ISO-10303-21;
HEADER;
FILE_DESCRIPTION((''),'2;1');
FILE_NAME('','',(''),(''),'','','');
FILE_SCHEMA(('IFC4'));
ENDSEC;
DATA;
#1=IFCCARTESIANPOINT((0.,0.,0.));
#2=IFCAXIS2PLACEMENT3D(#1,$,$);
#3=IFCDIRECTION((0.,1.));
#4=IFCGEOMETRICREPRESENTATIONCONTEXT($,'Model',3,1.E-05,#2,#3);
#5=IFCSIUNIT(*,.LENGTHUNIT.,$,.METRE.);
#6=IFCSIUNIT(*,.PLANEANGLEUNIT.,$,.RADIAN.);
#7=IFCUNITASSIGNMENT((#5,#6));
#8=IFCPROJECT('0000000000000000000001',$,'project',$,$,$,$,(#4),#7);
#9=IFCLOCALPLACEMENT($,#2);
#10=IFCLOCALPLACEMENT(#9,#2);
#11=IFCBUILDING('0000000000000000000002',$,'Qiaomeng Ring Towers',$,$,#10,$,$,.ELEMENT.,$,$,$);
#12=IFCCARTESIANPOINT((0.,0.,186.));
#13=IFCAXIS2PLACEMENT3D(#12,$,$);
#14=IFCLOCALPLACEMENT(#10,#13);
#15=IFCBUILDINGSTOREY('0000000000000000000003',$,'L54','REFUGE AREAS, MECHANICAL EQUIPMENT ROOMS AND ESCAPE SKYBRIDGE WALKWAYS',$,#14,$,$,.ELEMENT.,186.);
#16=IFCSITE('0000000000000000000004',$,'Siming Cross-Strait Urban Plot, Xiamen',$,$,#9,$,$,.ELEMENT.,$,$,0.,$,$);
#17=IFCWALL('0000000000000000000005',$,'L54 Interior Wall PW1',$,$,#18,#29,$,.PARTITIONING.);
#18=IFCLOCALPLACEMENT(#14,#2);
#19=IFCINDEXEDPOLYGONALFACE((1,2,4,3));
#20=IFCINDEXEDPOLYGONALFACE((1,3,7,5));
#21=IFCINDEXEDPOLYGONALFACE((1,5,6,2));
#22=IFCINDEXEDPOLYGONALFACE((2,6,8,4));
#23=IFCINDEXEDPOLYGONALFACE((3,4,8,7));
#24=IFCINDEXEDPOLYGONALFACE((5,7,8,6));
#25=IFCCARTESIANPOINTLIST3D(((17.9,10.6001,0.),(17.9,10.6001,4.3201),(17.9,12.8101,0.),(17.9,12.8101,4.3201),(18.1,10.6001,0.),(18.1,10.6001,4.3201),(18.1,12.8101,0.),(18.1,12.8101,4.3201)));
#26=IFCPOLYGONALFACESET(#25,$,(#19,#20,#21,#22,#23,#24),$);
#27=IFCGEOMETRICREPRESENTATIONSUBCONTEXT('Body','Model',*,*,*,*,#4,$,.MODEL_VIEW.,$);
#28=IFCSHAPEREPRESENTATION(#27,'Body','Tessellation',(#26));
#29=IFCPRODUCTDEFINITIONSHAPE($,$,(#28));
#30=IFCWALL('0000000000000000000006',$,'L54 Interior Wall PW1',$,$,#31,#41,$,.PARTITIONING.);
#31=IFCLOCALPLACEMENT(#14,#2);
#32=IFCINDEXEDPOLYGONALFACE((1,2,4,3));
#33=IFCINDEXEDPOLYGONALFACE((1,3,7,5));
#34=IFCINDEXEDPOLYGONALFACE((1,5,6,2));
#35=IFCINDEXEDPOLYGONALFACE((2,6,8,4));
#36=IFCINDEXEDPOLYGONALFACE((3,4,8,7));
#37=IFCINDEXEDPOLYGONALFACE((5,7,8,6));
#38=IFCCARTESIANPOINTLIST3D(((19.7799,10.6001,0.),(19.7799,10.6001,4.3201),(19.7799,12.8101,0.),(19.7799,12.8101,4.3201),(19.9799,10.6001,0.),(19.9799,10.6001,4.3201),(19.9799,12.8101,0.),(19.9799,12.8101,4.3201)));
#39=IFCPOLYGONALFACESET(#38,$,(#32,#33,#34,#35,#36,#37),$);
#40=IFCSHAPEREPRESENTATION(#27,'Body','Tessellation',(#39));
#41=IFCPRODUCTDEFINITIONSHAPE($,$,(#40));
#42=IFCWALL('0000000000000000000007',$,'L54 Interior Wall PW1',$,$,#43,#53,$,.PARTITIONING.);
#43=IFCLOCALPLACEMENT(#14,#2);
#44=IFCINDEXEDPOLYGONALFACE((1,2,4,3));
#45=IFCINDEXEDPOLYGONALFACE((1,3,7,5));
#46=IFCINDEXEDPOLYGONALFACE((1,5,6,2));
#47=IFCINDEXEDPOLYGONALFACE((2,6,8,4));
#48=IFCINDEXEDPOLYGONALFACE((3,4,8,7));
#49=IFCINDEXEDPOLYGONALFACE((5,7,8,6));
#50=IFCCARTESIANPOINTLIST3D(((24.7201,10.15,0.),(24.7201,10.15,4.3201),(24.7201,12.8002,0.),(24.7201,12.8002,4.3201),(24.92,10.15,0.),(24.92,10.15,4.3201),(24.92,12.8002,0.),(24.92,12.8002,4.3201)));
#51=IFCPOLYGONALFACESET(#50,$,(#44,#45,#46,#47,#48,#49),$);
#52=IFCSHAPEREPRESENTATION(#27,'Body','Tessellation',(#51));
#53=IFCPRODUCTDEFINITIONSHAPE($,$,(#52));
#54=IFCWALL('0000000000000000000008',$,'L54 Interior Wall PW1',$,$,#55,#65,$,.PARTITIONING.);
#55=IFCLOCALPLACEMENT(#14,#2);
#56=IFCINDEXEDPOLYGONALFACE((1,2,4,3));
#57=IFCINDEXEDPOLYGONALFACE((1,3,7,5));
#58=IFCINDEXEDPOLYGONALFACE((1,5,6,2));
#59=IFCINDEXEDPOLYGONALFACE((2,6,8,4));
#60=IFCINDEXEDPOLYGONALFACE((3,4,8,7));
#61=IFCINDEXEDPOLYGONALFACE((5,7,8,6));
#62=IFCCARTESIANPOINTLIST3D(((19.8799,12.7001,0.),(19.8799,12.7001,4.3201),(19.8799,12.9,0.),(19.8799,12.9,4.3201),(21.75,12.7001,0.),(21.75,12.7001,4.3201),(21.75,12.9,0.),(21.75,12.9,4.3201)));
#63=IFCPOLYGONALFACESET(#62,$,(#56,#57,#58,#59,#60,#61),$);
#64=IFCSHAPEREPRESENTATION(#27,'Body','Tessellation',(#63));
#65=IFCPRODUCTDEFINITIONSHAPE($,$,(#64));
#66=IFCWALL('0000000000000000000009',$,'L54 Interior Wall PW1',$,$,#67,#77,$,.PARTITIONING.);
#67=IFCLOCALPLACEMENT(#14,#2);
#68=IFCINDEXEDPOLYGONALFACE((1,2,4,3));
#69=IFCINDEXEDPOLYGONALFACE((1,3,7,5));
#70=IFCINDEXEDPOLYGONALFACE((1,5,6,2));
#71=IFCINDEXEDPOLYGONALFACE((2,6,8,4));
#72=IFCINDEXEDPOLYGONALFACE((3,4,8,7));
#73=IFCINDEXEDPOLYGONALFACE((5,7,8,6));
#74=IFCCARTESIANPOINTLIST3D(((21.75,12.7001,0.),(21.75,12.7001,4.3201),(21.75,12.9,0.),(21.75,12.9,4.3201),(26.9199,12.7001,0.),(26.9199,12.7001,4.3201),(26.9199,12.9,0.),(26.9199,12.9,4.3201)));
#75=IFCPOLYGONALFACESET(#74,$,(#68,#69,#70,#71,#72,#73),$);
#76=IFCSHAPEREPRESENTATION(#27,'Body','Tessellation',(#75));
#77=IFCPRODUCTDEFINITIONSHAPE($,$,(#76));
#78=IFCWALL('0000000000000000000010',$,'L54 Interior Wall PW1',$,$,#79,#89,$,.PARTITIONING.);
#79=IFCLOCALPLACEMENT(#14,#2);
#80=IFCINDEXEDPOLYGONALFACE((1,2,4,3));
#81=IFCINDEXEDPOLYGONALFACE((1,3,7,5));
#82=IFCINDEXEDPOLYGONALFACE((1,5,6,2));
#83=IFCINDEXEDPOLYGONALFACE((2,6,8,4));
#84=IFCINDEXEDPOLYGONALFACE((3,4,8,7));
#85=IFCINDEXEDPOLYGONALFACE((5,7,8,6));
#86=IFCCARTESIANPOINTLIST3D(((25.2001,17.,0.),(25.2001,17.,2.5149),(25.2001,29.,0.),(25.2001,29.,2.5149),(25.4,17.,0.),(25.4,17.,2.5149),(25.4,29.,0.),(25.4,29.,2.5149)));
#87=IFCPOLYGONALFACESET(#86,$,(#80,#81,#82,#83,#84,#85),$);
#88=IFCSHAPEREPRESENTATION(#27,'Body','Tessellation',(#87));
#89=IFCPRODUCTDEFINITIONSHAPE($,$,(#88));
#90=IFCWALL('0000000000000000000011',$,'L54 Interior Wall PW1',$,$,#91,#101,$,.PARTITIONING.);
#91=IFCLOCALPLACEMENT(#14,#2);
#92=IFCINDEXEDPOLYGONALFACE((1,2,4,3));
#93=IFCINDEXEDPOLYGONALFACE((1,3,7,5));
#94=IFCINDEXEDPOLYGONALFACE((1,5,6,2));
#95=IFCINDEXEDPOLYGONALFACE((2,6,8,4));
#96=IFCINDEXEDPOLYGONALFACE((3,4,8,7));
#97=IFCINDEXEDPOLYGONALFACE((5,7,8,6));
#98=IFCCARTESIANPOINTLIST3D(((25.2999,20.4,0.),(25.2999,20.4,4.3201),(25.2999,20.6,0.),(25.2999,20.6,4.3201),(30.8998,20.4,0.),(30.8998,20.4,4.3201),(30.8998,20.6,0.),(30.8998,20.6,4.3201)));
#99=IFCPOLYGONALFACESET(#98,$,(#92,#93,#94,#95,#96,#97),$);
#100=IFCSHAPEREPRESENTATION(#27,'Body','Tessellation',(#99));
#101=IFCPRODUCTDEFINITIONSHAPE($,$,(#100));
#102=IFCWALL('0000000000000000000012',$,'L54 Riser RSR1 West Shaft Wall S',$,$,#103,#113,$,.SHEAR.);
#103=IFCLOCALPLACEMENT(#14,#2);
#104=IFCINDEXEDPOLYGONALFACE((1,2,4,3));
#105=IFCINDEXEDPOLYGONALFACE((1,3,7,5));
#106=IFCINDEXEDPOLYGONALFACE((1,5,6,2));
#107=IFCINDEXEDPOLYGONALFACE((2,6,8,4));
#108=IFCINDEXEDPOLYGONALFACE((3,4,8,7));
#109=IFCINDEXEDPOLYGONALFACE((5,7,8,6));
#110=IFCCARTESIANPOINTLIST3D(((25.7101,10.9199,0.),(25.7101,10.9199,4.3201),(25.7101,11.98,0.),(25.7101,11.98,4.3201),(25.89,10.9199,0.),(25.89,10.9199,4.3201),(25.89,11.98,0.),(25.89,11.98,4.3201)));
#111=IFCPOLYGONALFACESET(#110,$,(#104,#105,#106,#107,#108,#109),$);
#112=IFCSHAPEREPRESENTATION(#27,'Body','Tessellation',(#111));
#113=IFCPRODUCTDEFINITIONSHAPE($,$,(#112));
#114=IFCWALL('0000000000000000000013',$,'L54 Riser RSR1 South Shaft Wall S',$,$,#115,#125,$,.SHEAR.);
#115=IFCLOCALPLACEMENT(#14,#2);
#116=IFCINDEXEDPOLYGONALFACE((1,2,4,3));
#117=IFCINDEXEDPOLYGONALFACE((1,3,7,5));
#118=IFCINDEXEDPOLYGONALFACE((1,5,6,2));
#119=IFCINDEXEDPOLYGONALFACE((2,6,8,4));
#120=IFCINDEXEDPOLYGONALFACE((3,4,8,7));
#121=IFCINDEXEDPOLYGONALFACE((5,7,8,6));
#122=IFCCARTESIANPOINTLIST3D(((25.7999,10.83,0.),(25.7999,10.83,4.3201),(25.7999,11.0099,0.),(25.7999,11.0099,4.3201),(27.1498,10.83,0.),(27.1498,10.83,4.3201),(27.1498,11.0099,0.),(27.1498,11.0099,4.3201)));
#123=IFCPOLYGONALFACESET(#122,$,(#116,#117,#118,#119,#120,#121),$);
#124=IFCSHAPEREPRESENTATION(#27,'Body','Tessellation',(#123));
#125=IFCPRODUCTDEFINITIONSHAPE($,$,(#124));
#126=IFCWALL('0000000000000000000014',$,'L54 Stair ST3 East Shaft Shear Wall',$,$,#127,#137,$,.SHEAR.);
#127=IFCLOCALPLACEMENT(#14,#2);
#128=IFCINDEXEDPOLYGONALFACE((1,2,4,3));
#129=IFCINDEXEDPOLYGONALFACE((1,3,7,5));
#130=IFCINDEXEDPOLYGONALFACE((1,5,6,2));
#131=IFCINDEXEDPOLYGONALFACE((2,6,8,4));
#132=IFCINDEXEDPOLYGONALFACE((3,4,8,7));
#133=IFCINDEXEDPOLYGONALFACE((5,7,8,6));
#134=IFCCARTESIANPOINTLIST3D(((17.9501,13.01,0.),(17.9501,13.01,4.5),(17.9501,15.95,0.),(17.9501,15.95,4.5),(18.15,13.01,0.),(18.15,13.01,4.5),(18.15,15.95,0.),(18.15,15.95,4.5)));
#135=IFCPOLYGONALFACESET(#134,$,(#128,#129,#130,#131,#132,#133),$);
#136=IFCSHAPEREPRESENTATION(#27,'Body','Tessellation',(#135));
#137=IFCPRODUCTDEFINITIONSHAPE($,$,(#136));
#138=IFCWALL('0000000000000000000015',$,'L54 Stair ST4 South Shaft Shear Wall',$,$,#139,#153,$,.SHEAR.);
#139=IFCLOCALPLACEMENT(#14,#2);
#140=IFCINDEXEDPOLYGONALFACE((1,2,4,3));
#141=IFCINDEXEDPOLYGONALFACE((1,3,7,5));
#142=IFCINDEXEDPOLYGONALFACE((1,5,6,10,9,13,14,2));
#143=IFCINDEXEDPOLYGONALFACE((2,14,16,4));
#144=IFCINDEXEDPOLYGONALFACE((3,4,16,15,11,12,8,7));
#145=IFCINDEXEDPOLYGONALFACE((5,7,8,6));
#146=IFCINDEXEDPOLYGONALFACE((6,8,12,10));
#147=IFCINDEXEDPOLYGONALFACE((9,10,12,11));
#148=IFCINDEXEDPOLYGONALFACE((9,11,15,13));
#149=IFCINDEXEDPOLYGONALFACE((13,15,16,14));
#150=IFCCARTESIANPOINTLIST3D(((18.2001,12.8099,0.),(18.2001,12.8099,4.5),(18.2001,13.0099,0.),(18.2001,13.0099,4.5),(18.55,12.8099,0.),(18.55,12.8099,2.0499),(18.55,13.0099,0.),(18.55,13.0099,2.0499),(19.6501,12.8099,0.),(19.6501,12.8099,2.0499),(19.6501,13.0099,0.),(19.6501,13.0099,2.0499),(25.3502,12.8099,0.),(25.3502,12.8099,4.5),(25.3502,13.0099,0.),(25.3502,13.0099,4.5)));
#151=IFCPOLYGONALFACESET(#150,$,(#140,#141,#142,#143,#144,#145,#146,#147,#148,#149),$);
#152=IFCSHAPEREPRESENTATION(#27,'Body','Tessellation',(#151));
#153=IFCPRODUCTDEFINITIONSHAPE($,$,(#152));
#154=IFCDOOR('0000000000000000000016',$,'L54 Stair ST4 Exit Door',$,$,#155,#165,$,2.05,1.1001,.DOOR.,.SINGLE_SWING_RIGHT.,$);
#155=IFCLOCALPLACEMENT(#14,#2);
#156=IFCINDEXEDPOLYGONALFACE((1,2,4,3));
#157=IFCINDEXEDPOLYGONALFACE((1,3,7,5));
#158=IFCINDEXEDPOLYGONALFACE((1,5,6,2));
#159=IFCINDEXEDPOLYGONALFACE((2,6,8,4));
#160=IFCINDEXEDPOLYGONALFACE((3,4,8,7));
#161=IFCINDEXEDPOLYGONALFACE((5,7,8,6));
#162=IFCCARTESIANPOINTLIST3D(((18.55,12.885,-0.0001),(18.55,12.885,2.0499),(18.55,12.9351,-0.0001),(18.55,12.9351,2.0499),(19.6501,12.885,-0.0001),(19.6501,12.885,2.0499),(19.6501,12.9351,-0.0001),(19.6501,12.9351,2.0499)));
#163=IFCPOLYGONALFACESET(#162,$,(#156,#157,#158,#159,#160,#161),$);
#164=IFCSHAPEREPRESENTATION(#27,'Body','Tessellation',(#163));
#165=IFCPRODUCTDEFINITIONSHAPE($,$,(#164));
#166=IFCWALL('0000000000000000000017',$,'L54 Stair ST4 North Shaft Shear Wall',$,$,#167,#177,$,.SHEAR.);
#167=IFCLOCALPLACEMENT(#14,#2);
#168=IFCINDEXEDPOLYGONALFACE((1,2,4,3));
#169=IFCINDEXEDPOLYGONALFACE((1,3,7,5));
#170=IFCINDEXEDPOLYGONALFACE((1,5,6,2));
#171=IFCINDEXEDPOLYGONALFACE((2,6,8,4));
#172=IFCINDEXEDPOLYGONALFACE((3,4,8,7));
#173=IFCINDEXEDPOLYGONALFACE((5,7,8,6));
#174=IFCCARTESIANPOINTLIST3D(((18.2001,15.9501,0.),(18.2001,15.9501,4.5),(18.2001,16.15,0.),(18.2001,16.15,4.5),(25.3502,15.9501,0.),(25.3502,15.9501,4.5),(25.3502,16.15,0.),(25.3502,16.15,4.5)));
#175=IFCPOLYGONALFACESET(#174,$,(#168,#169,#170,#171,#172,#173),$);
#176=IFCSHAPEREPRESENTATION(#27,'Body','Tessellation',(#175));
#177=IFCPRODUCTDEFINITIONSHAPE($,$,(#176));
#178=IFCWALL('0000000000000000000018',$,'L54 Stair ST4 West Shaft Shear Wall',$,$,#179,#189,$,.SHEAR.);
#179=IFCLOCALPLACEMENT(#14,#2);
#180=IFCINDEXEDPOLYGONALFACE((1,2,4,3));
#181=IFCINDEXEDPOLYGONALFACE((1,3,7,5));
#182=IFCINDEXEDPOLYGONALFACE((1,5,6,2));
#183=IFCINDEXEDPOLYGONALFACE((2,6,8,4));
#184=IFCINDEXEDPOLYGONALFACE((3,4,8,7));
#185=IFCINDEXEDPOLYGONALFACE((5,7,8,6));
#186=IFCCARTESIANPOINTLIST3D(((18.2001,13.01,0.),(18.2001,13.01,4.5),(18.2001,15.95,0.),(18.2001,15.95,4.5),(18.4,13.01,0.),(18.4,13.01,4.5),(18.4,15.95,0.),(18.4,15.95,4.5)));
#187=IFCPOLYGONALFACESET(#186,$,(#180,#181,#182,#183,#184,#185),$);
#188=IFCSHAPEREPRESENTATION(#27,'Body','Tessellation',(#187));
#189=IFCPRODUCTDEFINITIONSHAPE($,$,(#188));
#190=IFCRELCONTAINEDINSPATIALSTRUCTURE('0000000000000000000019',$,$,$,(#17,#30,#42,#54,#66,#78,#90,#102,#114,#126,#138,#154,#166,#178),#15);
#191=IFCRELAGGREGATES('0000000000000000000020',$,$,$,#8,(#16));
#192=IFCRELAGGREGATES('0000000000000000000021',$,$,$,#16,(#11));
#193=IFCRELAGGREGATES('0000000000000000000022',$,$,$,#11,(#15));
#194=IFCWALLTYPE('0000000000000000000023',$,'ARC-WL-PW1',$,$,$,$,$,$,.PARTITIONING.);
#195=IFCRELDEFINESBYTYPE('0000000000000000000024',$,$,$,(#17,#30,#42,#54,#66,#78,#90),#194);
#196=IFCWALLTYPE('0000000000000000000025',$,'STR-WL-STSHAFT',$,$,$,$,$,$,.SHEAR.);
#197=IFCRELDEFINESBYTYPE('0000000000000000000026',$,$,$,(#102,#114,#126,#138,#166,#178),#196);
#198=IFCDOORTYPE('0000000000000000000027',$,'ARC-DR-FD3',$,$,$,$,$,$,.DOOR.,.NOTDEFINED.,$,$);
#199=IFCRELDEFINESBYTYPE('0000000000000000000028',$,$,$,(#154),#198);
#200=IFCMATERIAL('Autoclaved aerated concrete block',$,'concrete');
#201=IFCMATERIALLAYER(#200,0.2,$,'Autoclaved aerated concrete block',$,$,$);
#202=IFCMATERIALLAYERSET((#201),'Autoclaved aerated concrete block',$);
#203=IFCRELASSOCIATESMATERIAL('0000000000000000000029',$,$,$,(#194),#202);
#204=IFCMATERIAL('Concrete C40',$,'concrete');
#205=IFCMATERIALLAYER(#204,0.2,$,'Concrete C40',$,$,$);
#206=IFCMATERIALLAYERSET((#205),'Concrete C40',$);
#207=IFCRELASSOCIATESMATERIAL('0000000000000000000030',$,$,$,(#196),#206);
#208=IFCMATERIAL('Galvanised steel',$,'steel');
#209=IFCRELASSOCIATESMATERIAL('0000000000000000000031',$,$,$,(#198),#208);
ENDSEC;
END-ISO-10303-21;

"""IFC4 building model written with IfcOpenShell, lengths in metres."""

from ifc_helpers import new_model, si_unit, direction, frame, frame_2d, origin, place, context, subcontext, project, spatial, rectangle, extrude, source, transform, mapped, material, layer, layer_set, type_object, element, fill, save


model = new_model("IFC4")

# Units and contexts
model_context = context("Model", 3, precision=1e-05, world=origin(), true_north=direction((0.0, 1.0)))
body_context = subcontext(model_context, "Body", "Model", "MODEL_VIEW")
ifc_project = project(units=[si_unit("LENGTHUNIT", "METRE"), si_unit("PLANEANGLEUNIT", "RADIAN")], contexts=[model_context])

# Site, building, storey
site_placement = place(None, origin())
site = spatial("IfcSite", under=ifc_project, at=site_placement, Name="Siming Cross-Strait Urban Plot, Xiamen", CompositionType="ELEMENT", RefElevation=0.0)
building_placement = place(site_placement, origin())
building = spatial("IfcBuilding", under=site, at=building_placement, Name="Qiaomeng Ring Towers", CompositionType="ELEMENT")
storey_placement = place(building_placement, frame((0.0, 0.0, 186.0)))
storey = spatial("IfcBuildingStorey", under=building, at=storey_placement, Name="L54", Description="REFUGE AREAS, MECHANICAL EQUIPMENT ROOMS AND ESCAPE SKYBRIDGE WALKWAYS", CompositionType="ELEMENT", Elevation=186.0)

# Walls
ifc_material_1 = material(Name="Autoclaved aerated concrete block", Category="concrete")
ifc_layer_1 = layer(ifc_material_1, 0.2, Name="Autoclaved aerated concrete block")
ifc_layer_set_1 = layer_set([ifc_layer_1], Name="Autoclaved aerated concrete block")
wall_type_1 = type_object("IfcWallType", Name="ARC-WL-PW1", PredefinedType="PARTITIONING", material=ifc_layer_set_1)
for number, where, z_axis, x_axis, name in (
    (1, (18.0, 10.6001, 0.0), (0.0, 0.0, 1.0), (0.0, 1.0, 0.0), "L54 Interior Wall PW1"),
    (2, (19.8799, 10.6001, 0.0), (0.0, 0.0, 1.0), (0.0, 1.0, 0.0), "L54 Interior Wall PW1"),
):
    element("IfcWall", number, at=place(storey_placement, frame(where, z_axis=z_axis, x_axis=x_axis)), inside=storey, type_object=wall_type_1, Name=name, PredefinedType="PARTITIONING", context=body_context, shape_type="SweptSolid", body=[
        extrude(rectangle(XDim=2.21, YDim=0.2, at=frame_2d((1.105, 0.0))), origin(), (0.0, 0.0, 1.0), 4.3201),
    ])
wall_1_placement = place(storey_placement, frame((24.8201, 10.1499, 0.0), z_axis=(0.0, 0.0, 1.0), x_axis=(0.0, 1.0, 0.0)))
element("IfcWall", 3, at=wall_1_placement, inside=storey, type_object=wall_type_1, Name="L54 Interior Wall PW1", PredefinedType="PARTITIONING", context=body_context, shape_type="SweptSolid", body=[
    extrude(rectangle(XDim=2.6501, YDim=0.2, at=frame_2d((1.3252, 0.0))), origin(), (0.0, 0.0, 1.0), 4.3201),
])
wall_2_placement = place(storey_placement, frame((19.8799, 12.8, 0.0), z_axis=(0.0, 0.0, 1.0), x_axis=(1.0, 0.0, 0.0)))
element("IfcWall", 4, at=wall_2_placement, inside=storey, type_object=wall_type_1, Name="L54 Interior Wall PW1", PredefinedType="PARTITIONING", context=body_context, shape_type="SweptSolid", body=[
    extrude(rectangle(XDim=1.8701, YDim=0.2, at=frame_2d((0.9351, 0.0))), origin(), (0.0, 0.0, 1.0), 4.3201),
])
wall_3_placement = place(storey_placement, frame((21.75, 12.8, 0.0), z_axis=(0.0, 0.0, 1.0), x_axis=(1.0, 0.0, 0.0)))
element("IfcWall", 5, at=wall_3_placement, inside=storey, type_object=wall_type_1, Name="L54 Interior Wall PW1", PredefinedType="PARTITIONING", context=body_context, shape_type="SweptSolid", body=[
    extrude(rectangle(XDim=5.1699, YDim=0.2, at=frame_2d((2.585, 0.0))), origin(), (0.0, 0.0, 1.0), 4.3201),
])
wall_4_placement = place(storey_placement, frame((25.3, 17.0, 0.0), z_axis=(0.0, 0.0, 1.0), x_axis=(0.0, 1.0, 0.0)))
element("IfcWall", 6, at=wall_4_placement, inside=storey, type_object=wall_type_1, Name="L54 Interior Wall PW1", PredefinedType="PARTITIONING", context=body_context, shape_type="SweptSolid", body=[
    extrude(rectangle(XDim=12.0, YDim=0.2, at=frame_2d((6.0, 0.0))), origin(), (0.0, 0.0, 1.0), 2.5149),
])
wall_5_placement = place(storey_placement, frame((25.3, 20.5, 0.0), z_axis=(0.0, 0.0, 1.0), x_axis=(1.0, 0.0, 0.0)))
element("IfcWall", 7, at=wall_5_placement, inside=storey, type_object=wall_type_1, Name="L54 Interior Wall PW1", PredefinedType="PARTITIONING", context=body_context, shape_type="SweptSolid", body=[
    extrude(rectangle(XDim=5.5999, YDim=0.2, at=frame_2d((2.7998, 0.0))), origin(), (0.0, 0.0, 1.0), 4.3201),
])
ifc_material_2 = material(Name="Concrete C40", Category="concrete")
ifc_layer_2 = layer(ifc_material_2, 0.2, Name="Concrete C40")
ifc_layer_set_2 = layer_set([ifc_layer_2], Name="Concrete C40")
wall_type_2 = type_object("IfcWallType", Name="STR-WL-STSHAFT", PredefinedType="SHEAR", material=ifc_layer_set_2)
wall_6_placement = place(storey_placement, frame((25.8, 10.9199, 0.0), z_axis=(0.0, 0.0, 1.0), x_axis=(0.0, 1.0, 0.0)))
element("IfcWall", 8, at=wall_6_placement, inside=storey, type_object=wall_type_2, Name="L54 Riser RSR1 West Shaft Wall S", PredefinedType="SHEAR", context=body_context, shape_type="SweptSolid", body=[
    extrude(rectangle(XDim=1.0601, YDim=0.1799, at=frame_2d((0.53, 0.0))), origin(), (0.0, 0.0, 1.0), 4.3201),
])
wall_7_placement = place(storey_placement, frame((25.8, 10.9199, 0.0), z_axis=(0.0, 0.0, 1.0), x_axis=(1.0, 0.0, 0.0)))
element("IfcWall", 9, at=wall_7_placement, inside=storey, type_object=wall_type_2, Name="L54 Riser RSR1 South Shaft Wall S", PredefinedType="SHEAR", context=body_context, shape_type="SweptSolid", body=[
    extrude(rectangle(XDim=1.3499, YDim=0.1799, at=frame_2d((0.6748, 0.0))), origin(), (0.0, 0.0, 1.0), 4.3201),
])
wall_8_placement = place(storey_placement, frame((18.05, 13.01, 0.0), z_axis=(0.0, 0.0, 1.0), x_axis=(0.0, 1.0, 0.0)))
element("IfcWall", 10, at=wall_8_placement, inside=storey, type_object=wall_type_2, Name="L54 Stair ST3 East Shaft Shear Wall", PredefinedType="SHEAR", context=body_context, shape_type="SweptSolid", body=[
    extrude(rectangle(XDim=2.9399, YDim=0.2, at=frame_2d((1.47, 0.0))), origin(), (0.0, 0.0, 1.0), 4.5),
])

# Wall, opening, door
wall_9_placement = place(storey_placement, frame((18.2, 12.9099, 0.0), z_axis=(0.0, 0.0, 1.0), x_axis=(1.0, 0.0, 0.0)))
wall_9 = element("IfcWall", 11, at=wall_9_placement, inside=storey, type_object=wall_type_2, Name="L54 Stair ST4 South Shaft Shear Wall", PredefinedType="SHEAR", context=body_context, shape_type="SweptSolid", body=[
    extrude(rectangle(XDim=7.1501, YDim=0.2, at=frame_2d((3.5752, 0.0))), origin(), (0.0, 0.0, 1.0), 4.5),
])
opening_placement = place(wall_9_placement, frame((0.3501, 0.0, 0.0)))
opening = element("IfcOpeningElement", 12, at=opening_placement, cuts=wall_9, PredefinedType="OPENING", context=body_context, shape_type="SweptSolid", body=[
    extrude(rectangle(XDim=1.1001, YDim=2.05, at=frame_2d((0.55, 1.0249))), frame((0.0, 0.1099, 0.0), z_axis=(0.0, -1.0, 0.0), x_axis=(1.0, 0.0, 0.0)), (0.0, 0.0, 1.0), 0.22),
])
ifc_material_3 = material(Name="Galvanised steel", Category="steel")
door_type = type_object("IfcDoorType", Name="ARC-DR-FD3", OperationType="NOTDEFINED", PredefinedType="DOOR", material=ifc_material_3)
shared_shape_1 = source(origin(), body_context, "Body", "SweptSolid", [
    extrude(rectangle(XDim=1.1001, YDim=2.05, at=frame_2d((0.55, 1.0249))), frame((0.0, 0.0249, 0.0), z_axis=(0.0, -1.0, 0.0), x_axis=(1.0, 0.0, 0.0)), (0.0, 0.0, 1.0), 0.05),
])
door_placement = place(opening_placement, frame((1.1001, 0.0, 0.0), z_axis=(0.0, 0.0, 1.0), x_axis=(-1.0, 0.0, 0.0)))
door = element("IfcDoor", 13, at=door_placement, inside=storey, type_object=door_type, Name="L54 Stair ST4 Exit Door", OperationType="SINGLE_SWING_RIGHT", OverallHeight=2.05, OverallWidth=1.1001, PredefinedType="DOOR", context=body_context, shape_type="MappedRepresentation", body=[
    mapped(shared_shape_1, transform((0.0, 0.0, 0.0), x_axis=(1.0, 0.0, 0.0), y_axis=(0.0, 1.0, 0.0), z_axis=(0.0, 0.0, 1.0), scale=1.0)),
])
fill(opening, door)

# Walls
wall_10_placement = place(storey_placement, frame((18.2, 16.05, 0.0), z_axis=(0.0, 0.0, 1.0), x_axis=(1.0, 0.0, 0.0)))
element("IfcWall", 14, at=wall_10_placement, inside=storey, type_object=wall_type_2, Name="L54 Stair ST4 North Shaft Shear Wall", PredefinedType="SHEAR", context=body_context, shape_type="SweptSolid", body=[
    extrude(rectangle(XDim=7.1501, YDim=0.2, at=frame_2d((3.5752, 0.0))), origin(), (0.0, 0.0, 1.0), 4.5),
])
for number, where, z_axis, x_axis, name in (
    (15, (18.3, 13.01, 0.0), (0.0, 0.0, 1.0), (0.0, 1.0, 0.0), "L54 Stair ST4 West Shaft Shear Wall"),
):
    element("IfcWall", number, at=place(storey_placement, frame(where, z_axis=z_axis, x_axis=x_axis)), inside=storey, type_object=wall_type_2, Name=name, PredefinedType="SHEAR", context=body_context, shape_type="SweptSolid", body=[
        extrude(rectangle(XDim=2.9399, YDim=0.2, at=frame_2d((1.47, 0.0))), origin(), (0.0, 0.0, 1.0), 4.5),
    ])

save(model, "model.ifc")
